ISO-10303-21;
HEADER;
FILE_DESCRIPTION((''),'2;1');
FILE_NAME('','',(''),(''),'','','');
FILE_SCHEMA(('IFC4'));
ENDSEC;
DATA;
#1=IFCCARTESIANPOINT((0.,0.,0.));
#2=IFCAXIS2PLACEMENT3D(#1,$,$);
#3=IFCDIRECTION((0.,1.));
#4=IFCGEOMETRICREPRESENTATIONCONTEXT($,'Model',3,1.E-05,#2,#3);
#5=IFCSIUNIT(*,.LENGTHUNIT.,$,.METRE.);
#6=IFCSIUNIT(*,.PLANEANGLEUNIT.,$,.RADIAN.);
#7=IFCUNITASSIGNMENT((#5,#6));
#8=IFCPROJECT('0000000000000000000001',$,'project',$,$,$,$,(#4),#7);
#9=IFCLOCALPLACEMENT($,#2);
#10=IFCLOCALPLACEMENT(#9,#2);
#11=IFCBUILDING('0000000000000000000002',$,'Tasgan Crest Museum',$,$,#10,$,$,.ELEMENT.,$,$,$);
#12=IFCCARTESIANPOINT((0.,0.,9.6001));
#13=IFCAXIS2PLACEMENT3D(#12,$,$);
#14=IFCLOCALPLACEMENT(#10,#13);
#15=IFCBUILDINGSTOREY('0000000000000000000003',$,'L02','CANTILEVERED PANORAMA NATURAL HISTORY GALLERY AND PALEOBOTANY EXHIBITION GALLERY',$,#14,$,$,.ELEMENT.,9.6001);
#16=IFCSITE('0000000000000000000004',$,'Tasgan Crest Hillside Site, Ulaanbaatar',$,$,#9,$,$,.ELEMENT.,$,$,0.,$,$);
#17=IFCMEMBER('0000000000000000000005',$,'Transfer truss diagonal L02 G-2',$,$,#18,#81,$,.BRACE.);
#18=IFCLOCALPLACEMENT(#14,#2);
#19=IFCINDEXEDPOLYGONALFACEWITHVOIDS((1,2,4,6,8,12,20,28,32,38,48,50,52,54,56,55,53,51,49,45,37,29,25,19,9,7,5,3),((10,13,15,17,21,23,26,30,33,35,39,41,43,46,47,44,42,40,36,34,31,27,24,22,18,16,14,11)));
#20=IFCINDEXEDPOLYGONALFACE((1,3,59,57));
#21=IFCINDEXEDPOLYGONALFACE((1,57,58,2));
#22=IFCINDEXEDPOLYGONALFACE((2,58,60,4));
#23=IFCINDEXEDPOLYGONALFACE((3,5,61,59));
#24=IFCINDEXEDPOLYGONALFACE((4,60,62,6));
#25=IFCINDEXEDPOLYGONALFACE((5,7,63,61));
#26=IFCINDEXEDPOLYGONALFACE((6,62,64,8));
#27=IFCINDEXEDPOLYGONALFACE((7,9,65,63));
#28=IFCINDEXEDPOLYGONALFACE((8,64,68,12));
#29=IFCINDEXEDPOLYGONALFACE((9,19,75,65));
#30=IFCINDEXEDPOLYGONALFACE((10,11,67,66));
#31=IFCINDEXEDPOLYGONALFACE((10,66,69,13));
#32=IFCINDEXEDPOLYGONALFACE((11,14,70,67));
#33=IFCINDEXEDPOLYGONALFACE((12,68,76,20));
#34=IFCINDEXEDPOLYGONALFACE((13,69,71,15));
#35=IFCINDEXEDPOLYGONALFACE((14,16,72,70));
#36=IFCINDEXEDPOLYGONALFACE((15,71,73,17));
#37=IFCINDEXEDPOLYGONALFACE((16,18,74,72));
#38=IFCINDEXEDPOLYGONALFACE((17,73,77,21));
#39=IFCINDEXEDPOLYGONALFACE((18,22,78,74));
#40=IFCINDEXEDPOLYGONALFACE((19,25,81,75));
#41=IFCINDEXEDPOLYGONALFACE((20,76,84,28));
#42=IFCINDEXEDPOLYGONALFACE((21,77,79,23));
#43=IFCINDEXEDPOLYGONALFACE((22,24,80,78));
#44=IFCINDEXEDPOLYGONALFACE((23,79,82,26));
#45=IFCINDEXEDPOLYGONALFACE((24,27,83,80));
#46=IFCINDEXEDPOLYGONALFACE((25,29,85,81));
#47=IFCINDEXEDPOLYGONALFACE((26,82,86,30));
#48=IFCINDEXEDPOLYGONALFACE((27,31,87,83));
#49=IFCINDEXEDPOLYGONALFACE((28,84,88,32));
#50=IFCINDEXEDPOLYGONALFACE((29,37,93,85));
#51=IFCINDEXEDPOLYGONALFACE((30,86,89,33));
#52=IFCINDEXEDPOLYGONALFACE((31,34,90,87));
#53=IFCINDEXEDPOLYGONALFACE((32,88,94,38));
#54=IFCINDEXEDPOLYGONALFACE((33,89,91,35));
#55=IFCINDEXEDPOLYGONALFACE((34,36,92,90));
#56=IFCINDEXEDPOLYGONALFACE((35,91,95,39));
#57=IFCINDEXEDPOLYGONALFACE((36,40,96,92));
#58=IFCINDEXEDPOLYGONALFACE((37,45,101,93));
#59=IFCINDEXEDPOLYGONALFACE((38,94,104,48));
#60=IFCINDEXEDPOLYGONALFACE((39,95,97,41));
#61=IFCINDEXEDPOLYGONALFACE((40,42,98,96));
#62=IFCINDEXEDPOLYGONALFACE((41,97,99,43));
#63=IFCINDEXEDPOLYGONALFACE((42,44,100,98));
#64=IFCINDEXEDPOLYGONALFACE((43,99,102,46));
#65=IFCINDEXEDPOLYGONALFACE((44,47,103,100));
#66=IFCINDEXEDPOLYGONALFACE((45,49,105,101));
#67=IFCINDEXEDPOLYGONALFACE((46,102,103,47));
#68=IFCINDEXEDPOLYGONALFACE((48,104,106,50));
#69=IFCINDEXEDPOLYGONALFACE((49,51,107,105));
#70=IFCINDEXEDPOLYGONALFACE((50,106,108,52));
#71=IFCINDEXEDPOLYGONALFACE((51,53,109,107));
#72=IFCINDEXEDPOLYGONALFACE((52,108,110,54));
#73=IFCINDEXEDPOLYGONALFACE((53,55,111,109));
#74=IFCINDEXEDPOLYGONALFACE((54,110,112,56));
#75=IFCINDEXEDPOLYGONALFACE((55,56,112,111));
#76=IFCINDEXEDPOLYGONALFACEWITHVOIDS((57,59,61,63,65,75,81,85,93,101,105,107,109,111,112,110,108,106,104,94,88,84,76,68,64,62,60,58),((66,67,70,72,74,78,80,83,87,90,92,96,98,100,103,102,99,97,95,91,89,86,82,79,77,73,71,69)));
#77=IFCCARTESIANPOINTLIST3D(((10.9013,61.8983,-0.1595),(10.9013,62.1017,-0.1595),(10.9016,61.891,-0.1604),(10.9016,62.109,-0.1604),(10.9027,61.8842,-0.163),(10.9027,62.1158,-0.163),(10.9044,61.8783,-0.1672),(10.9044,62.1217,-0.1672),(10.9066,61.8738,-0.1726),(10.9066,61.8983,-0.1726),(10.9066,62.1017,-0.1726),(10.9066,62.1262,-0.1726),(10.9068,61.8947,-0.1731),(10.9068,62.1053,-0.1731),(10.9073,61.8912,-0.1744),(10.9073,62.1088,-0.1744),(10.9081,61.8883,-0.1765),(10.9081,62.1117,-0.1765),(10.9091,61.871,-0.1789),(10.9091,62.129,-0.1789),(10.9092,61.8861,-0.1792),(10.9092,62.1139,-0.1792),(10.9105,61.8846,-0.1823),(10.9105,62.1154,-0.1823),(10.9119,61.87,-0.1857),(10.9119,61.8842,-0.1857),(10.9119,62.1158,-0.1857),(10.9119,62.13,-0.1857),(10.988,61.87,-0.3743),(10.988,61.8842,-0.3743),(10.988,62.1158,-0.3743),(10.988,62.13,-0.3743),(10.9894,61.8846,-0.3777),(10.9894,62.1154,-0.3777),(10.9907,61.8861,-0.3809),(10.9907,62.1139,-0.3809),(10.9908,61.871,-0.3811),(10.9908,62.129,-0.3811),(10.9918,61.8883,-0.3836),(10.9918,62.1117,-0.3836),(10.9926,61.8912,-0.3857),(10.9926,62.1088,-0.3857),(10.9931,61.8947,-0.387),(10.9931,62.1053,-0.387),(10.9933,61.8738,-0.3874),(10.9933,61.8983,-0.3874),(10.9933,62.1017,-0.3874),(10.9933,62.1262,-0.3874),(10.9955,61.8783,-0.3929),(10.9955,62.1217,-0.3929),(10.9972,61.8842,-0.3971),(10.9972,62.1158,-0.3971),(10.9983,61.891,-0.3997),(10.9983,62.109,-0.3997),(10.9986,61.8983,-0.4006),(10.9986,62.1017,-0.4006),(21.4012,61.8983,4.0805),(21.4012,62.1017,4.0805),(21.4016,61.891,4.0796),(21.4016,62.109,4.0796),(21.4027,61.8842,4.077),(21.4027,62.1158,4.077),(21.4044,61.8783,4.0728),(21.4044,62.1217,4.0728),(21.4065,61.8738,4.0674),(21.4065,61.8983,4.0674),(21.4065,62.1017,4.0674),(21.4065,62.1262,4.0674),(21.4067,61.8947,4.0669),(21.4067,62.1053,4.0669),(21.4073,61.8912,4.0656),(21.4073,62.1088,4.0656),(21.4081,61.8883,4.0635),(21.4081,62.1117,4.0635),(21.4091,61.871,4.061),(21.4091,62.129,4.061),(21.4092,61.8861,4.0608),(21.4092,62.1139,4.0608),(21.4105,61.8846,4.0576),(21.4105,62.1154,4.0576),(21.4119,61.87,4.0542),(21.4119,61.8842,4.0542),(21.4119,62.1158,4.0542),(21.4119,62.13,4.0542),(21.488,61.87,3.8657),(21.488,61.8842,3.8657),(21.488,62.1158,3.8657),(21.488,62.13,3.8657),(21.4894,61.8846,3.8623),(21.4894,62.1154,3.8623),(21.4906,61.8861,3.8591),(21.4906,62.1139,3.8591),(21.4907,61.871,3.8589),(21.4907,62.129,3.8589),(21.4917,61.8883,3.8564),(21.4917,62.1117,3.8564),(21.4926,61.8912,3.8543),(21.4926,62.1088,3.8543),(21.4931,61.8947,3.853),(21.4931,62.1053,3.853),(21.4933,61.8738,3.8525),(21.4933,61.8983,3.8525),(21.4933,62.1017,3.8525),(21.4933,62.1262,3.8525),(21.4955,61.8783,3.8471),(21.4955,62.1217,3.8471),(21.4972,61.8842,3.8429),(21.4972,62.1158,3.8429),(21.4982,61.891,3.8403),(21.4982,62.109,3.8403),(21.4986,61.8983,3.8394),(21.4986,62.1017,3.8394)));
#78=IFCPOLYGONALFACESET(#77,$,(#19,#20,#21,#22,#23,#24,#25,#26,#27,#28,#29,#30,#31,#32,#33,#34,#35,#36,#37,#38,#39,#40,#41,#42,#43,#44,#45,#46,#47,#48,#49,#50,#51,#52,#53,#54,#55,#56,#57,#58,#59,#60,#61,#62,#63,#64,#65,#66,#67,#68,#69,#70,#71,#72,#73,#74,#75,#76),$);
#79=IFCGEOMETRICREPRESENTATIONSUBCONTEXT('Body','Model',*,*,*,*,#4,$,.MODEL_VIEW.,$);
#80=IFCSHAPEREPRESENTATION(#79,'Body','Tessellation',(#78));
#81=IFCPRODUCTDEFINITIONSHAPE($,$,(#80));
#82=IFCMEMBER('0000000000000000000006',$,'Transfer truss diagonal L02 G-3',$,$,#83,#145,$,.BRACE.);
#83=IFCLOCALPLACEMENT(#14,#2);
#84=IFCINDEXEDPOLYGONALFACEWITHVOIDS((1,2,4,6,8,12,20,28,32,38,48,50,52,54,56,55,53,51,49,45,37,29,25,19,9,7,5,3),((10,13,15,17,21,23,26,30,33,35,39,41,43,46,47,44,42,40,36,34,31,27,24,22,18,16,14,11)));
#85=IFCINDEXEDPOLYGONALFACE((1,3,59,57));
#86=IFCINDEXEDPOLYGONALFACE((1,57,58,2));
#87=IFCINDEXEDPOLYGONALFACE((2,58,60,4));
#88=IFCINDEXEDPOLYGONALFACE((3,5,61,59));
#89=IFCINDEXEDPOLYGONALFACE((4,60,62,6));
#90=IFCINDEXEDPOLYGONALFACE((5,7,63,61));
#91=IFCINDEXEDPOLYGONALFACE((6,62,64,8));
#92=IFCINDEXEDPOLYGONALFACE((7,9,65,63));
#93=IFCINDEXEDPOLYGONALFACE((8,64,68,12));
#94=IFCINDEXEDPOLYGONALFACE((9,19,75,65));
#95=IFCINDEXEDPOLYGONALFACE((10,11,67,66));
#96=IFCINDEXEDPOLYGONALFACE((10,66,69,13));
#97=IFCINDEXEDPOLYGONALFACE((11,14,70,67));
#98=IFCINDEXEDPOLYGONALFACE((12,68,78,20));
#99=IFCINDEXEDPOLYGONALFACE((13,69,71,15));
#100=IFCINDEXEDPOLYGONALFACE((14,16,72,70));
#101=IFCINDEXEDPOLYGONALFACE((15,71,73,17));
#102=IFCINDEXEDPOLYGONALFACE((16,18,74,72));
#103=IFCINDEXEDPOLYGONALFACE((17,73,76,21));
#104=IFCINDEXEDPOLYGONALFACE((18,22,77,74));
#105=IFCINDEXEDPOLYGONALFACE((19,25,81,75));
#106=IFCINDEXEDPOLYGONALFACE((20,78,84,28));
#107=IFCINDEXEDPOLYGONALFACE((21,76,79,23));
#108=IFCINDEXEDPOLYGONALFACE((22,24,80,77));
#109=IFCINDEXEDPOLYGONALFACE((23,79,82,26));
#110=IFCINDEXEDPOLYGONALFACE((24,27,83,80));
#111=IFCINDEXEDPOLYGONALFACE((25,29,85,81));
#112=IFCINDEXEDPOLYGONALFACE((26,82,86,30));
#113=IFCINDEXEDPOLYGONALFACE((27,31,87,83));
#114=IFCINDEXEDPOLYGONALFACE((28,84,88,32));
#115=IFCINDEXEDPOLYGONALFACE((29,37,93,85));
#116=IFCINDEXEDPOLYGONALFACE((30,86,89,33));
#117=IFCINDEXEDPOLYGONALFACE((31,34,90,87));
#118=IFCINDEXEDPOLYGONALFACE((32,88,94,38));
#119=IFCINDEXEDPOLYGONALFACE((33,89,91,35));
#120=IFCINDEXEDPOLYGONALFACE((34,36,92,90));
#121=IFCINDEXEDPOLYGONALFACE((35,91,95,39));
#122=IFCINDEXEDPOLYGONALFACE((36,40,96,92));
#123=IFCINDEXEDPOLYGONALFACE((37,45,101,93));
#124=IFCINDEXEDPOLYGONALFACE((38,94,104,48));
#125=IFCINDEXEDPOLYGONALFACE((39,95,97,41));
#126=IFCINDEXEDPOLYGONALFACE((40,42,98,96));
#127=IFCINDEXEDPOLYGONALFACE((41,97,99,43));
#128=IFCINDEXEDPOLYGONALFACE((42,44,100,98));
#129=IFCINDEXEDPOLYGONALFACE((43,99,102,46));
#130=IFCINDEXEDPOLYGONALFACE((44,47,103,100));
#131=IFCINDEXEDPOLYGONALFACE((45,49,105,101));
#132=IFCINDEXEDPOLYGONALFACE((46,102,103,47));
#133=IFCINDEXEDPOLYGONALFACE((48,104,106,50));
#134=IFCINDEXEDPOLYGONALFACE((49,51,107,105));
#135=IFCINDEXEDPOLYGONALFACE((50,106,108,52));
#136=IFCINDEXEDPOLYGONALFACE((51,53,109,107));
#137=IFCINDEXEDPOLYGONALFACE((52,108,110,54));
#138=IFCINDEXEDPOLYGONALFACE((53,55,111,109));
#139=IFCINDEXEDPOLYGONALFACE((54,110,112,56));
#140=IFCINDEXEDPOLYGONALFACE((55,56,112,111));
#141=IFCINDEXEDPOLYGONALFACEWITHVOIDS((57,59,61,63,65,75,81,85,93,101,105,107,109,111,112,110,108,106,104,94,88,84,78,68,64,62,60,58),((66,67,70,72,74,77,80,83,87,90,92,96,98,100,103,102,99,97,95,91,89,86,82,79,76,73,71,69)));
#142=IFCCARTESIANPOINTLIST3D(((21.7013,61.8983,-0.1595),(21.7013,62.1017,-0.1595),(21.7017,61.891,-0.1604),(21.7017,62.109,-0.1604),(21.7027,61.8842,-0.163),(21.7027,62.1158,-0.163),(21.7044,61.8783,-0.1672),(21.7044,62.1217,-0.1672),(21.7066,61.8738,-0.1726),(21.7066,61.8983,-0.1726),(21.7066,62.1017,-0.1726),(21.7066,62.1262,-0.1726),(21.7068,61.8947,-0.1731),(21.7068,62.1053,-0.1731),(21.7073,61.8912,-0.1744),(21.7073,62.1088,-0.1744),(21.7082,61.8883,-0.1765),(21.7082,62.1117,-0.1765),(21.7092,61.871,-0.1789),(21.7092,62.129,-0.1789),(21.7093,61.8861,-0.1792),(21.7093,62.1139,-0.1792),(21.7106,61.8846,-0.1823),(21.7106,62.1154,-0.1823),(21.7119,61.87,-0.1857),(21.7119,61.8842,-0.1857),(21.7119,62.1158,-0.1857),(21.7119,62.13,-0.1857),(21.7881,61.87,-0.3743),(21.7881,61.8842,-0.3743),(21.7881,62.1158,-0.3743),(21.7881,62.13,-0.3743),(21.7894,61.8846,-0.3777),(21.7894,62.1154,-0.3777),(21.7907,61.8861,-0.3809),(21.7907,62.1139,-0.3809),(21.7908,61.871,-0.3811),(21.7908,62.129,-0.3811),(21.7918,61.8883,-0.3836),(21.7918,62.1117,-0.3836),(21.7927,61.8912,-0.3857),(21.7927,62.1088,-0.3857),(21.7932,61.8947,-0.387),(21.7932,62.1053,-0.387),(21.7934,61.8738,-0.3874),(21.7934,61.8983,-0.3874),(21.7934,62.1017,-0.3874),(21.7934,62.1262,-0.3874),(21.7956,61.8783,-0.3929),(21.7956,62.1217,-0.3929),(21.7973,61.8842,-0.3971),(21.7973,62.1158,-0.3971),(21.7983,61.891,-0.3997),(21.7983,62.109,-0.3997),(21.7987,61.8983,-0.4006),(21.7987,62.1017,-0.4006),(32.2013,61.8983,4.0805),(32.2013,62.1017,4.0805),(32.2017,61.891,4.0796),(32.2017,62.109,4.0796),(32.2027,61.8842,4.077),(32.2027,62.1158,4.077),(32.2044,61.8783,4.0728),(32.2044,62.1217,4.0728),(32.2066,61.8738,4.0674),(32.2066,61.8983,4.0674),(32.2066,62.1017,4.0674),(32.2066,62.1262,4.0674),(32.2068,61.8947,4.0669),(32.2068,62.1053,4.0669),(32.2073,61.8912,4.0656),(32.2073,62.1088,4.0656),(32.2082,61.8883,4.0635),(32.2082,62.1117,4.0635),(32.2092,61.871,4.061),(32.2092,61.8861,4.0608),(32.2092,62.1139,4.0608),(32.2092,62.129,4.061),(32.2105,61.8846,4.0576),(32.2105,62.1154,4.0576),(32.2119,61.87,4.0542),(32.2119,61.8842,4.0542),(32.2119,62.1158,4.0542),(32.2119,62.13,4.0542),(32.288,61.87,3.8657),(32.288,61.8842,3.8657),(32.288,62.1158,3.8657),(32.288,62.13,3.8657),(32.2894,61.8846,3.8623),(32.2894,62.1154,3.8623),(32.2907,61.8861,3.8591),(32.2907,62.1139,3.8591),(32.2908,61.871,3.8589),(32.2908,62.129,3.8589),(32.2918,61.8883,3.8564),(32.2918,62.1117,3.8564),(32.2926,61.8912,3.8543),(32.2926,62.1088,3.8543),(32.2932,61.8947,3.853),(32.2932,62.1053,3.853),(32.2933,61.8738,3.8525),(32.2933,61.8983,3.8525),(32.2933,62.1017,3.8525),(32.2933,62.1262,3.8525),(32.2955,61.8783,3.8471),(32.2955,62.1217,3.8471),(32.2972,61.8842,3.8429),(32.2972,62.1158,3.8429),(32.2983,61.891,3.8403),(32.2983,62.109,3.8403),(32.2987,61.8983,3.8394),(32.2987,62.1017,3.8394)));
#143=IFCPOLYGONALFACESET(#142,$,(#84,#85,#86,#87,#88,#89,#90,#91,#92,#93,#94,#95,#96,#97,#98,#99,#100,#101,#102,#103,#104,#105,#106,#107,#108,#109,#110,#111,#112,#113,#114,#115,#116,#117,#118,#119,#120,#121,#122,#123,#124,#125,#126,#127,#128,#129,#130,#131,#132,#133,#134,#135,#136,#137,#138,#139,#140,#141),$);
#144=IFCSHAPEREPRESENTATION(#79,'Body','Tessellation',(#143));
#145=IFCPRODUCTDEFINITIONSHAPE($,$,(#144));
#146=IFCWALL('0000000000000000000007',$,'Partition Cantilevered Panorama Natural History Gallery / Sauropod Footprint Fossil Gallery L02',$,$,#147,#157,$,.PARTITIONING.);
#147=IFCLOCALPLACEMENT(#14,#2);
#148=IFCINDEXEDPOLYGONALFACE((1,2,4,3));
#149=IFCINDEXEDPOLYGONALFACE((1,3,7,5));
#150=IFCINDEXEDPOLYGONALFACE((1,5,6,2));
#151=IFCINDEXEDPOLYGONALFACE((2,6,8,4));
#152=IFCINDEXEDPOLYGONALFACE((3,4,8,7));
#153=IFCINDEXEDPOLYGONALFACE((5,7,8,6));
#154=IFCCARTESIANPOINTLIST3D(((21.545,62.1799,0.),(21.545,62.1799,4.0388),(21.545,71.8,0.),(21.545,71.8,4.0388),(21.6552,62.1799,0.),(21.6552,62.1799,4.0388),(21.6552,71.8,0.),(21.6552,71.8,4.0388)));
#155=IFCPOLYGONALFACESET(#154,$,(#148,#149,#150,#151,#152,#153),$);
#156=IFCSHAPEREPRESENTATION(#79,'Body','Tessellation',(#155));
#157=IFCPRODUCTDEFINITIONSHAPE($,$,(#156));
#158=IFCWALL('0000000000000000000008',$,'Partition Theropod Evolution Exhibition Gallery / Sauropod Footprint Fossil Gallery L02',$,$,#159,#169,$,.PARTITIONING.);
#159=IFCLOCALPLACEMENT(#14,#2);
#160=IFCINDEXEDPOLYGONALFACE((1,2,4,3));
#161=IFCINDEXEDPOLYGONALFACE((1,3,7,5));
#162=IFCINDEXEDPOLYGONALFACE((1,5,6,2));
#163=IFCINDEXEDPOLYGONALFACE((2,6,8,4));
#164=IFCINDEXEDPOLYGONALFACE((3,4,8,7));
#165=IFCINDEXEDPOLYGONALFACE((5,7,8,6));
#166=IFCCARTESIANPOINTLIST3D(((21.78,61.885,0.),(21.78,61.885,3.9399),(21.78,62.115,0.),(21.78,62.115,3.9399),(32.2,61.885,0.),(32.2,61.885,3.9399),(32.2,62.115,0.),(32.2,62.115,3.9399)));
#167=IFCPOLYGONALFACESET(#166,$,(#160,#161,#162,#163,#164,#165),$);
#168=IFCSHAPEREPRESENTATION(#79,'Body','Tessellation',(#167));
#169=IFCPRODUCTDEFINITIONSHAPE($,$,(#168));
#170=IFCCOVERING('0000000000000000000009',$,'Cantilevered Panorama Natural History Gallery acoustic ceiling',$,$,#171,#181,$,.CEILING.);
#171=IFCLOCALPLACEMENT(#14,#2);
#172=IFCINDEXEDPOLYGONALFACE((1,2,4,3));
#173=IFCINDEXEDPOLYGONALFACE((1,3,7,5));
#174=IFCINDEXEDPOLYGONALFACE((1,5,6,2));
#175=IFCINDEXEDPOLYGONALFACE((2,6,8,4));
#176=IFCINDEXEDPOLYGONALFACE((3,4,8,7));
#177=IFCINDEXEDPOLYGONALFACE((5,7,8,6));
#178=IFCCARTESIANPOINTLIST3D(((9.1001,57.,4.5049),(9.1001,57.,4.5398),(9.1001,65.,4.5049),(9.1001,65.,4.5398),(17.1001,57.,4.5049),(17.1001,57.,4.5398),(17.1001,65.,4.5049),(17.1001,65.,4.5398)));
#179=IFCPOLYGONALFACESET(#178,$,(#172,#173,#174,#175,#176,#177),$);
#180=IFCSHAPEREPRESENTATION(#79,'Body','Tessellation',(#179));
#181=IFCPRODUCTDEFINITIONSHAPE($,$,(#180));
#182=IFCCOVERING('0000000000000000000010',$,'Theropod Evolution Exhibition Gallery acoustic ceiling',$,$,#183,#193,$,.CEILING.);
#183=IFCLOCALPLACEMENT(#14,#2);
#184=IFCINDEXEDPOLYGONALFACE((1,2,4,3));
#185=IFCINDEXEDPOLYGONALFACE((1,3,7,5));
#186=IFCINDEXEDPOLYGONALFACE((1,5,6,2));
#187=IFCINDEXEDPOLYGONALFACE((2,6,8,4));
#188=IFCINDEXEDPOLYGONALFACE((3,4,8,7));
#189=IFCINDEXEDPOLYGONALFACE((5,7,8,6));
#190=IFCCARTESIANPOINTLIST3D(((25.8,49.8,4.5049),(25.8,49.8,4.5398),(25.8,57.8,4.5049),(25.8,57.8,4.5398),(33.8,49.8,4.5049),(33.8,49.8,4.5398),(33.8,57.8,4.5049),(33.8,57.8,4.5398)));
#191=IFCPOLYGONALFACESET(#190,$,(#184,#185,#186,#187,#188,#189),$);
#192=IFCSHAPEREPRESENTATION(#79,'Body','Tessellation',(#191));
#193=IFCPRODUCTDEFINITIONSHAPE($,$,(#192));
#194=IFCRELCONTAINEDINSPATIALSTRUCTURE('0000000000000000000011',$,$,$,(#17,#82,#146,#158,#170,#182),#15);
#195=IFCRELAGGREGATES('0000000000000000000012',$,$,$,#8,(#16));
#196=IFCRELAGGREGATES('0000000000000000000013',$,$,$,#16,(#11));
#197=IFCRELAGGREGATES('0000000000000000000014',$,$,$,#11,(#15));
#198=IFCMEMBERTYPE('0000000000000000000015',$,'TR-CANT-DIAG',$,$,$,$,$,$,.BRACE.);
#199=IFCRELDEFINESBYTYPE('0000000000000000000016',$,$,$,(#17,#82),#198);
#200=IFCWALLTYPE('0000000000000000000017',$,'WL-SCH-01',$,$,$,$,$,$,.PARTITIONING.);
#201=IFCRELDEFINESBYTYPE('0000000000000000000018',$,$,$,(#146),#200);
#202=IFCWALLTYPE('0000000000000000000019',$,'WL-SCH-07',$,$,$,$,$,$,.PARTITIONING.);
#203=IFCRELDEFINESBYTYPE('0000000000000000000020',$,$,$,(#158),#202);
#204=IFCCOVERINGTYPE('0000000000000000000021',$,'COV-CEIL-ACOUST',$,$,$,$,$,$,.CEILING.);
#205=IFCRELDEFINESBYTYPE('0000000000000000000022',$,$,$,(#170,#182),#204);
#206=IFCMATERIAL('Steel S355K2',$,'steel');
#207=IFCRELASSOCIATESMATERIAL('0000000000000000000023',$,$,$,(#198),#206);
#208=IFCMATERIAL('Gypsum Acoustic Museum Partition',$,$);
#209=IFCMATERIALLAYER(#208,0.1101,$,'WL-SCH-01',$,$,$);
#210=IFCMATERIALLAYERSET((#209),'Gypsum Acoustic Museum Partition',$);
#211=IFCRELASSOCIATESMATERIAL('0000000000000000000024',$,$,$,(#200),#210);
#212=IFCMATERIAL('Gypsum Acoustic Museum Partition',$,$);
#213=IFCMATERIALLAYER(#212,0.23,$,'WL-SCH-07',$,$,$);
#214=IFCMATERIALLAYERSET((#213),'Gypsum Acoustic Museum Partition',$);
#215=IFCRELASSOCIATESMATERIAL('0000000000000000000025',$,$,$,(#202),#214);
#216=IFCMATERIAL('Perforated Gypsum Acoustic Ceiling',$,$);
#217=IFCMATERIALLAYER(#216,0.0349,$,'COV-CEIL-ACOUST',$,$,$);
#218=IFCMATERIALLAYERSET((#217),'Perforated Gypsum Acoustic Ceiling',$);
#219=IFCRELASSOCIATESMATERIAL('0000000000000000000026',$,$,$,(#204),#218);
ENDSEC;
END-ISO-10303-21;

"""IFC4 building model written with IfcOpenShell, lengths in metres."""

from ifc_helpers import new_model, si_unit, direction, frame, frame_2d, origin, origin_2d, place, context, subcontext, project, spatial, rectangle, hollow_rectangle, extrude, material, layer, layer_set, material_profile, profile_set, type_object, element, save


model = new_model("IFC4")

# Units and contexts
model_context = context("Model", 3, precision=1e-05, world=origin(), true_north=direction((0.0, 1.0)))
body_context = subcontext(model_context, "Body", "Model", "MODEL_VIEW")
ifc_project = project(units=[si_unit("LENGTHUNIT", "METRE"), si_unit("PLANEANGLEUNIT", "RADIAN")], contexts=[model_context])

# Site, building, storey
site_placement = place(None, origin())
site = spatial("IfcSite", under=ifc_project, at=site_placement, Name="Tasgan Crest Hillside Site, Ulaanbaatar", CompositionType="ELEMENT", RefElevation=0.0)
building_placement = place(site_placement, origin())
building = spatial("IfcBuilding", under=site, at=building_placement, Name="Tasgan Crest Museum", CompositionType="ELEMENT")
storey_placement = place(building_placement, frame((0.0, 0.0, 9.6001)))
storey = spatial("IfcBuildingStorey", under=building, at=storey_placement, Name="L02", Description="CANTILEVERED PANORAMA NATURAL HISTORY GALLERY AND PALEOBOTANY EXHIBITION GALLERY", CompositionType="ELEMENT", Elevation=9.6001)

# Members
ifc_material_1 = material(Name="Steel S355K2", Category="steel")
ifc_material_profile_1 = material_profile(ifc_material_1, hollow_rectangle(XDim=0.26, YDim=0.26, WallThickness=0.0142, InnerFilletRadius=0.0142, OuterFilletRadius=0.0283, at=origin_2d()), Name="SHS 260x260x14.2")
ifc_profile_set_1 = profile_set([ifc_material_profile_1], Name="Steel S355K2")
member_type = type_object("IfcMemberType", Name="TR-CANT-DIAG", PredefinedType="BRACE", material=ifc_profile_set_1)
for number, where, z_axis, x_axis, name in (
    (1, (10.95, 62.0, -0.28), (0.927254, 0.0, 0.374433), (0.0, 1.0, 0.0), "Transfer truss diagonal L02 G-2"),
    (2, (21.75, 62.0, -0.28), (0.927254, 0.0, 0.374433), (0.0, 1.0, 0.0), "Transfer truss diagonal L02 G-3"),
):
    element("IfcMember", number, at=place(storey_placement, frame(where, z_axis=z_axis, x_axis=x_axis)), inside=storey, type_object=member_type, Name=name, PredefinedType="BRACE", context=body_context, shape_type="SweptSolid", body=[
        extrude(hollow_rectangle(XDim=0.26, YDim=0.26, WallThickness=0.0142, InnerFilletRadius=0.0142, OuterFilletRadius=0.0283, at=origin_2d()), origin(), (0.0, 0.0, 1.0), 11.3237),
    ])

# Walls
ifc_material_2 = material(Name="Gypsum Acoustic Museum Partition")
ifc_layer_1 = layer(ifc_material_2, 0.1101, Name="WL-SCH-01")
ifc_layer_set_1 = layer_set([ifc_layer_1], Name="Gypsum Acoustic Museum Partition")
wall_type_1 = type_object("IfcWallType", Name="WL-SCH-01", PredefinedType="PARTITIONING", material=ifc_layer_set_1)
wall_1_placement = place(storey_placement, frame((21.6001, 62.1799, 0.0), z_axis=(0.0, 0.0, 1.0), x_axis=(0.0, 1.0, 0.0)))
element("IfcWall", 3, at=wall_1_placement, inside=storey, type_object=wall_type_1, Name="Partition Cantilevered Panorama Natural History Gallery / Sauropod Footprint Fossil Gallery L02", PredefinedType="PARTITIONING", context=body_context, shape_type="SweptSolid", body=[
    extrude(rectangle(XDim=9.6201, YDim=0.1101, at=frame_2d((4.8101, 0.0))), origin(), (0.0, 0.0, 1.0), 4.0388),
])
ifc_material_3 = material(Name="Gypsum Acoustic Museum Partition")
ifc_layer_2 = layer(ifc_material_3, 0.23, Name="WL-SCH-07")
ifc_layer_set_2 = layer_set([ifc_layer_2], Name="Gypsum Acoustic Museum Partition")
wall_type_2 = type_object("IfcWallType", Name="WL-SCH-07", PredefinedType="PARTITIONING", material=ifc_layer_set_2)
wall_2_placement = place(storey_placement, frame((21.78, 62.0, 0.0), z_axis=(0.0, 0.0, 1.0), x_axis=(1.0, 0.0, 0.0)))
element("IfcWall", 4, at=wall_2_placement, inside=storey, type_object=wall_type_2, Name="Partition Theropod Evolution Exhibition Gallery / Sauropod Footprint Fossil Gallery L02", PredefinedType="PARTITIONING", context=body_context, shape_type="SweptSolid", body=[
    extrude(rectangle(XDim=10.4199, YDim=0.23, at=frame_2d((5.21, 0.0))), origin(), (0.0, 0.0, 1.0), 3.9399),
])

# Coverings
ifc_material_4 = material(Name="Perforated Gypsum Acoustic Ceiling")
ifc_layer_3 = layer(ifc_material_4, 0.0349, Name="COV-CEIL-ACOUST")
ifc_layer_set_3 = layer_set([ifc_layer_3], Name="Perforated Gypsum Acoustic Ceiling")
covering_type_1 = type_object("IfcCoveringType", Name="COV-CEIL-ACOUST", PredefinedType="CEILING", material=ifc_layer_set_3)
for number, where, z_axis, x_axis, name in (
    (5, (13.1001, 61.0, 4.5049), (0.0, 0.0, 1.0), (1.0, 0.0, 0.0), "Cantilevered Panorama Natural History Gallery acoustic ceiling"),
    (6, (29.8, 53.8, 4.5049), (0.0, 0.0, 1.0), (1.0, 0.0, 0.0), "Theropod Evolution Exhibition Gallery acoustic ceiling"),
):
    element("IfcCovering", number, at=place(storey_placement, frame(where, z_axis=z_axis, x_axis=x_axis)), inside=storey, type_object=covering_type_1, Name=name, PredefinedType="CEILING", context=body_context, shape_type="SweptSolid", body=[
        extrude(rectangle(XDim=8.0, YDim=8.0, at=origin_2d()), origin(), (0.0, 0.0, 1.0), 0.0349),
    ])

save(model, "model.ifc")
